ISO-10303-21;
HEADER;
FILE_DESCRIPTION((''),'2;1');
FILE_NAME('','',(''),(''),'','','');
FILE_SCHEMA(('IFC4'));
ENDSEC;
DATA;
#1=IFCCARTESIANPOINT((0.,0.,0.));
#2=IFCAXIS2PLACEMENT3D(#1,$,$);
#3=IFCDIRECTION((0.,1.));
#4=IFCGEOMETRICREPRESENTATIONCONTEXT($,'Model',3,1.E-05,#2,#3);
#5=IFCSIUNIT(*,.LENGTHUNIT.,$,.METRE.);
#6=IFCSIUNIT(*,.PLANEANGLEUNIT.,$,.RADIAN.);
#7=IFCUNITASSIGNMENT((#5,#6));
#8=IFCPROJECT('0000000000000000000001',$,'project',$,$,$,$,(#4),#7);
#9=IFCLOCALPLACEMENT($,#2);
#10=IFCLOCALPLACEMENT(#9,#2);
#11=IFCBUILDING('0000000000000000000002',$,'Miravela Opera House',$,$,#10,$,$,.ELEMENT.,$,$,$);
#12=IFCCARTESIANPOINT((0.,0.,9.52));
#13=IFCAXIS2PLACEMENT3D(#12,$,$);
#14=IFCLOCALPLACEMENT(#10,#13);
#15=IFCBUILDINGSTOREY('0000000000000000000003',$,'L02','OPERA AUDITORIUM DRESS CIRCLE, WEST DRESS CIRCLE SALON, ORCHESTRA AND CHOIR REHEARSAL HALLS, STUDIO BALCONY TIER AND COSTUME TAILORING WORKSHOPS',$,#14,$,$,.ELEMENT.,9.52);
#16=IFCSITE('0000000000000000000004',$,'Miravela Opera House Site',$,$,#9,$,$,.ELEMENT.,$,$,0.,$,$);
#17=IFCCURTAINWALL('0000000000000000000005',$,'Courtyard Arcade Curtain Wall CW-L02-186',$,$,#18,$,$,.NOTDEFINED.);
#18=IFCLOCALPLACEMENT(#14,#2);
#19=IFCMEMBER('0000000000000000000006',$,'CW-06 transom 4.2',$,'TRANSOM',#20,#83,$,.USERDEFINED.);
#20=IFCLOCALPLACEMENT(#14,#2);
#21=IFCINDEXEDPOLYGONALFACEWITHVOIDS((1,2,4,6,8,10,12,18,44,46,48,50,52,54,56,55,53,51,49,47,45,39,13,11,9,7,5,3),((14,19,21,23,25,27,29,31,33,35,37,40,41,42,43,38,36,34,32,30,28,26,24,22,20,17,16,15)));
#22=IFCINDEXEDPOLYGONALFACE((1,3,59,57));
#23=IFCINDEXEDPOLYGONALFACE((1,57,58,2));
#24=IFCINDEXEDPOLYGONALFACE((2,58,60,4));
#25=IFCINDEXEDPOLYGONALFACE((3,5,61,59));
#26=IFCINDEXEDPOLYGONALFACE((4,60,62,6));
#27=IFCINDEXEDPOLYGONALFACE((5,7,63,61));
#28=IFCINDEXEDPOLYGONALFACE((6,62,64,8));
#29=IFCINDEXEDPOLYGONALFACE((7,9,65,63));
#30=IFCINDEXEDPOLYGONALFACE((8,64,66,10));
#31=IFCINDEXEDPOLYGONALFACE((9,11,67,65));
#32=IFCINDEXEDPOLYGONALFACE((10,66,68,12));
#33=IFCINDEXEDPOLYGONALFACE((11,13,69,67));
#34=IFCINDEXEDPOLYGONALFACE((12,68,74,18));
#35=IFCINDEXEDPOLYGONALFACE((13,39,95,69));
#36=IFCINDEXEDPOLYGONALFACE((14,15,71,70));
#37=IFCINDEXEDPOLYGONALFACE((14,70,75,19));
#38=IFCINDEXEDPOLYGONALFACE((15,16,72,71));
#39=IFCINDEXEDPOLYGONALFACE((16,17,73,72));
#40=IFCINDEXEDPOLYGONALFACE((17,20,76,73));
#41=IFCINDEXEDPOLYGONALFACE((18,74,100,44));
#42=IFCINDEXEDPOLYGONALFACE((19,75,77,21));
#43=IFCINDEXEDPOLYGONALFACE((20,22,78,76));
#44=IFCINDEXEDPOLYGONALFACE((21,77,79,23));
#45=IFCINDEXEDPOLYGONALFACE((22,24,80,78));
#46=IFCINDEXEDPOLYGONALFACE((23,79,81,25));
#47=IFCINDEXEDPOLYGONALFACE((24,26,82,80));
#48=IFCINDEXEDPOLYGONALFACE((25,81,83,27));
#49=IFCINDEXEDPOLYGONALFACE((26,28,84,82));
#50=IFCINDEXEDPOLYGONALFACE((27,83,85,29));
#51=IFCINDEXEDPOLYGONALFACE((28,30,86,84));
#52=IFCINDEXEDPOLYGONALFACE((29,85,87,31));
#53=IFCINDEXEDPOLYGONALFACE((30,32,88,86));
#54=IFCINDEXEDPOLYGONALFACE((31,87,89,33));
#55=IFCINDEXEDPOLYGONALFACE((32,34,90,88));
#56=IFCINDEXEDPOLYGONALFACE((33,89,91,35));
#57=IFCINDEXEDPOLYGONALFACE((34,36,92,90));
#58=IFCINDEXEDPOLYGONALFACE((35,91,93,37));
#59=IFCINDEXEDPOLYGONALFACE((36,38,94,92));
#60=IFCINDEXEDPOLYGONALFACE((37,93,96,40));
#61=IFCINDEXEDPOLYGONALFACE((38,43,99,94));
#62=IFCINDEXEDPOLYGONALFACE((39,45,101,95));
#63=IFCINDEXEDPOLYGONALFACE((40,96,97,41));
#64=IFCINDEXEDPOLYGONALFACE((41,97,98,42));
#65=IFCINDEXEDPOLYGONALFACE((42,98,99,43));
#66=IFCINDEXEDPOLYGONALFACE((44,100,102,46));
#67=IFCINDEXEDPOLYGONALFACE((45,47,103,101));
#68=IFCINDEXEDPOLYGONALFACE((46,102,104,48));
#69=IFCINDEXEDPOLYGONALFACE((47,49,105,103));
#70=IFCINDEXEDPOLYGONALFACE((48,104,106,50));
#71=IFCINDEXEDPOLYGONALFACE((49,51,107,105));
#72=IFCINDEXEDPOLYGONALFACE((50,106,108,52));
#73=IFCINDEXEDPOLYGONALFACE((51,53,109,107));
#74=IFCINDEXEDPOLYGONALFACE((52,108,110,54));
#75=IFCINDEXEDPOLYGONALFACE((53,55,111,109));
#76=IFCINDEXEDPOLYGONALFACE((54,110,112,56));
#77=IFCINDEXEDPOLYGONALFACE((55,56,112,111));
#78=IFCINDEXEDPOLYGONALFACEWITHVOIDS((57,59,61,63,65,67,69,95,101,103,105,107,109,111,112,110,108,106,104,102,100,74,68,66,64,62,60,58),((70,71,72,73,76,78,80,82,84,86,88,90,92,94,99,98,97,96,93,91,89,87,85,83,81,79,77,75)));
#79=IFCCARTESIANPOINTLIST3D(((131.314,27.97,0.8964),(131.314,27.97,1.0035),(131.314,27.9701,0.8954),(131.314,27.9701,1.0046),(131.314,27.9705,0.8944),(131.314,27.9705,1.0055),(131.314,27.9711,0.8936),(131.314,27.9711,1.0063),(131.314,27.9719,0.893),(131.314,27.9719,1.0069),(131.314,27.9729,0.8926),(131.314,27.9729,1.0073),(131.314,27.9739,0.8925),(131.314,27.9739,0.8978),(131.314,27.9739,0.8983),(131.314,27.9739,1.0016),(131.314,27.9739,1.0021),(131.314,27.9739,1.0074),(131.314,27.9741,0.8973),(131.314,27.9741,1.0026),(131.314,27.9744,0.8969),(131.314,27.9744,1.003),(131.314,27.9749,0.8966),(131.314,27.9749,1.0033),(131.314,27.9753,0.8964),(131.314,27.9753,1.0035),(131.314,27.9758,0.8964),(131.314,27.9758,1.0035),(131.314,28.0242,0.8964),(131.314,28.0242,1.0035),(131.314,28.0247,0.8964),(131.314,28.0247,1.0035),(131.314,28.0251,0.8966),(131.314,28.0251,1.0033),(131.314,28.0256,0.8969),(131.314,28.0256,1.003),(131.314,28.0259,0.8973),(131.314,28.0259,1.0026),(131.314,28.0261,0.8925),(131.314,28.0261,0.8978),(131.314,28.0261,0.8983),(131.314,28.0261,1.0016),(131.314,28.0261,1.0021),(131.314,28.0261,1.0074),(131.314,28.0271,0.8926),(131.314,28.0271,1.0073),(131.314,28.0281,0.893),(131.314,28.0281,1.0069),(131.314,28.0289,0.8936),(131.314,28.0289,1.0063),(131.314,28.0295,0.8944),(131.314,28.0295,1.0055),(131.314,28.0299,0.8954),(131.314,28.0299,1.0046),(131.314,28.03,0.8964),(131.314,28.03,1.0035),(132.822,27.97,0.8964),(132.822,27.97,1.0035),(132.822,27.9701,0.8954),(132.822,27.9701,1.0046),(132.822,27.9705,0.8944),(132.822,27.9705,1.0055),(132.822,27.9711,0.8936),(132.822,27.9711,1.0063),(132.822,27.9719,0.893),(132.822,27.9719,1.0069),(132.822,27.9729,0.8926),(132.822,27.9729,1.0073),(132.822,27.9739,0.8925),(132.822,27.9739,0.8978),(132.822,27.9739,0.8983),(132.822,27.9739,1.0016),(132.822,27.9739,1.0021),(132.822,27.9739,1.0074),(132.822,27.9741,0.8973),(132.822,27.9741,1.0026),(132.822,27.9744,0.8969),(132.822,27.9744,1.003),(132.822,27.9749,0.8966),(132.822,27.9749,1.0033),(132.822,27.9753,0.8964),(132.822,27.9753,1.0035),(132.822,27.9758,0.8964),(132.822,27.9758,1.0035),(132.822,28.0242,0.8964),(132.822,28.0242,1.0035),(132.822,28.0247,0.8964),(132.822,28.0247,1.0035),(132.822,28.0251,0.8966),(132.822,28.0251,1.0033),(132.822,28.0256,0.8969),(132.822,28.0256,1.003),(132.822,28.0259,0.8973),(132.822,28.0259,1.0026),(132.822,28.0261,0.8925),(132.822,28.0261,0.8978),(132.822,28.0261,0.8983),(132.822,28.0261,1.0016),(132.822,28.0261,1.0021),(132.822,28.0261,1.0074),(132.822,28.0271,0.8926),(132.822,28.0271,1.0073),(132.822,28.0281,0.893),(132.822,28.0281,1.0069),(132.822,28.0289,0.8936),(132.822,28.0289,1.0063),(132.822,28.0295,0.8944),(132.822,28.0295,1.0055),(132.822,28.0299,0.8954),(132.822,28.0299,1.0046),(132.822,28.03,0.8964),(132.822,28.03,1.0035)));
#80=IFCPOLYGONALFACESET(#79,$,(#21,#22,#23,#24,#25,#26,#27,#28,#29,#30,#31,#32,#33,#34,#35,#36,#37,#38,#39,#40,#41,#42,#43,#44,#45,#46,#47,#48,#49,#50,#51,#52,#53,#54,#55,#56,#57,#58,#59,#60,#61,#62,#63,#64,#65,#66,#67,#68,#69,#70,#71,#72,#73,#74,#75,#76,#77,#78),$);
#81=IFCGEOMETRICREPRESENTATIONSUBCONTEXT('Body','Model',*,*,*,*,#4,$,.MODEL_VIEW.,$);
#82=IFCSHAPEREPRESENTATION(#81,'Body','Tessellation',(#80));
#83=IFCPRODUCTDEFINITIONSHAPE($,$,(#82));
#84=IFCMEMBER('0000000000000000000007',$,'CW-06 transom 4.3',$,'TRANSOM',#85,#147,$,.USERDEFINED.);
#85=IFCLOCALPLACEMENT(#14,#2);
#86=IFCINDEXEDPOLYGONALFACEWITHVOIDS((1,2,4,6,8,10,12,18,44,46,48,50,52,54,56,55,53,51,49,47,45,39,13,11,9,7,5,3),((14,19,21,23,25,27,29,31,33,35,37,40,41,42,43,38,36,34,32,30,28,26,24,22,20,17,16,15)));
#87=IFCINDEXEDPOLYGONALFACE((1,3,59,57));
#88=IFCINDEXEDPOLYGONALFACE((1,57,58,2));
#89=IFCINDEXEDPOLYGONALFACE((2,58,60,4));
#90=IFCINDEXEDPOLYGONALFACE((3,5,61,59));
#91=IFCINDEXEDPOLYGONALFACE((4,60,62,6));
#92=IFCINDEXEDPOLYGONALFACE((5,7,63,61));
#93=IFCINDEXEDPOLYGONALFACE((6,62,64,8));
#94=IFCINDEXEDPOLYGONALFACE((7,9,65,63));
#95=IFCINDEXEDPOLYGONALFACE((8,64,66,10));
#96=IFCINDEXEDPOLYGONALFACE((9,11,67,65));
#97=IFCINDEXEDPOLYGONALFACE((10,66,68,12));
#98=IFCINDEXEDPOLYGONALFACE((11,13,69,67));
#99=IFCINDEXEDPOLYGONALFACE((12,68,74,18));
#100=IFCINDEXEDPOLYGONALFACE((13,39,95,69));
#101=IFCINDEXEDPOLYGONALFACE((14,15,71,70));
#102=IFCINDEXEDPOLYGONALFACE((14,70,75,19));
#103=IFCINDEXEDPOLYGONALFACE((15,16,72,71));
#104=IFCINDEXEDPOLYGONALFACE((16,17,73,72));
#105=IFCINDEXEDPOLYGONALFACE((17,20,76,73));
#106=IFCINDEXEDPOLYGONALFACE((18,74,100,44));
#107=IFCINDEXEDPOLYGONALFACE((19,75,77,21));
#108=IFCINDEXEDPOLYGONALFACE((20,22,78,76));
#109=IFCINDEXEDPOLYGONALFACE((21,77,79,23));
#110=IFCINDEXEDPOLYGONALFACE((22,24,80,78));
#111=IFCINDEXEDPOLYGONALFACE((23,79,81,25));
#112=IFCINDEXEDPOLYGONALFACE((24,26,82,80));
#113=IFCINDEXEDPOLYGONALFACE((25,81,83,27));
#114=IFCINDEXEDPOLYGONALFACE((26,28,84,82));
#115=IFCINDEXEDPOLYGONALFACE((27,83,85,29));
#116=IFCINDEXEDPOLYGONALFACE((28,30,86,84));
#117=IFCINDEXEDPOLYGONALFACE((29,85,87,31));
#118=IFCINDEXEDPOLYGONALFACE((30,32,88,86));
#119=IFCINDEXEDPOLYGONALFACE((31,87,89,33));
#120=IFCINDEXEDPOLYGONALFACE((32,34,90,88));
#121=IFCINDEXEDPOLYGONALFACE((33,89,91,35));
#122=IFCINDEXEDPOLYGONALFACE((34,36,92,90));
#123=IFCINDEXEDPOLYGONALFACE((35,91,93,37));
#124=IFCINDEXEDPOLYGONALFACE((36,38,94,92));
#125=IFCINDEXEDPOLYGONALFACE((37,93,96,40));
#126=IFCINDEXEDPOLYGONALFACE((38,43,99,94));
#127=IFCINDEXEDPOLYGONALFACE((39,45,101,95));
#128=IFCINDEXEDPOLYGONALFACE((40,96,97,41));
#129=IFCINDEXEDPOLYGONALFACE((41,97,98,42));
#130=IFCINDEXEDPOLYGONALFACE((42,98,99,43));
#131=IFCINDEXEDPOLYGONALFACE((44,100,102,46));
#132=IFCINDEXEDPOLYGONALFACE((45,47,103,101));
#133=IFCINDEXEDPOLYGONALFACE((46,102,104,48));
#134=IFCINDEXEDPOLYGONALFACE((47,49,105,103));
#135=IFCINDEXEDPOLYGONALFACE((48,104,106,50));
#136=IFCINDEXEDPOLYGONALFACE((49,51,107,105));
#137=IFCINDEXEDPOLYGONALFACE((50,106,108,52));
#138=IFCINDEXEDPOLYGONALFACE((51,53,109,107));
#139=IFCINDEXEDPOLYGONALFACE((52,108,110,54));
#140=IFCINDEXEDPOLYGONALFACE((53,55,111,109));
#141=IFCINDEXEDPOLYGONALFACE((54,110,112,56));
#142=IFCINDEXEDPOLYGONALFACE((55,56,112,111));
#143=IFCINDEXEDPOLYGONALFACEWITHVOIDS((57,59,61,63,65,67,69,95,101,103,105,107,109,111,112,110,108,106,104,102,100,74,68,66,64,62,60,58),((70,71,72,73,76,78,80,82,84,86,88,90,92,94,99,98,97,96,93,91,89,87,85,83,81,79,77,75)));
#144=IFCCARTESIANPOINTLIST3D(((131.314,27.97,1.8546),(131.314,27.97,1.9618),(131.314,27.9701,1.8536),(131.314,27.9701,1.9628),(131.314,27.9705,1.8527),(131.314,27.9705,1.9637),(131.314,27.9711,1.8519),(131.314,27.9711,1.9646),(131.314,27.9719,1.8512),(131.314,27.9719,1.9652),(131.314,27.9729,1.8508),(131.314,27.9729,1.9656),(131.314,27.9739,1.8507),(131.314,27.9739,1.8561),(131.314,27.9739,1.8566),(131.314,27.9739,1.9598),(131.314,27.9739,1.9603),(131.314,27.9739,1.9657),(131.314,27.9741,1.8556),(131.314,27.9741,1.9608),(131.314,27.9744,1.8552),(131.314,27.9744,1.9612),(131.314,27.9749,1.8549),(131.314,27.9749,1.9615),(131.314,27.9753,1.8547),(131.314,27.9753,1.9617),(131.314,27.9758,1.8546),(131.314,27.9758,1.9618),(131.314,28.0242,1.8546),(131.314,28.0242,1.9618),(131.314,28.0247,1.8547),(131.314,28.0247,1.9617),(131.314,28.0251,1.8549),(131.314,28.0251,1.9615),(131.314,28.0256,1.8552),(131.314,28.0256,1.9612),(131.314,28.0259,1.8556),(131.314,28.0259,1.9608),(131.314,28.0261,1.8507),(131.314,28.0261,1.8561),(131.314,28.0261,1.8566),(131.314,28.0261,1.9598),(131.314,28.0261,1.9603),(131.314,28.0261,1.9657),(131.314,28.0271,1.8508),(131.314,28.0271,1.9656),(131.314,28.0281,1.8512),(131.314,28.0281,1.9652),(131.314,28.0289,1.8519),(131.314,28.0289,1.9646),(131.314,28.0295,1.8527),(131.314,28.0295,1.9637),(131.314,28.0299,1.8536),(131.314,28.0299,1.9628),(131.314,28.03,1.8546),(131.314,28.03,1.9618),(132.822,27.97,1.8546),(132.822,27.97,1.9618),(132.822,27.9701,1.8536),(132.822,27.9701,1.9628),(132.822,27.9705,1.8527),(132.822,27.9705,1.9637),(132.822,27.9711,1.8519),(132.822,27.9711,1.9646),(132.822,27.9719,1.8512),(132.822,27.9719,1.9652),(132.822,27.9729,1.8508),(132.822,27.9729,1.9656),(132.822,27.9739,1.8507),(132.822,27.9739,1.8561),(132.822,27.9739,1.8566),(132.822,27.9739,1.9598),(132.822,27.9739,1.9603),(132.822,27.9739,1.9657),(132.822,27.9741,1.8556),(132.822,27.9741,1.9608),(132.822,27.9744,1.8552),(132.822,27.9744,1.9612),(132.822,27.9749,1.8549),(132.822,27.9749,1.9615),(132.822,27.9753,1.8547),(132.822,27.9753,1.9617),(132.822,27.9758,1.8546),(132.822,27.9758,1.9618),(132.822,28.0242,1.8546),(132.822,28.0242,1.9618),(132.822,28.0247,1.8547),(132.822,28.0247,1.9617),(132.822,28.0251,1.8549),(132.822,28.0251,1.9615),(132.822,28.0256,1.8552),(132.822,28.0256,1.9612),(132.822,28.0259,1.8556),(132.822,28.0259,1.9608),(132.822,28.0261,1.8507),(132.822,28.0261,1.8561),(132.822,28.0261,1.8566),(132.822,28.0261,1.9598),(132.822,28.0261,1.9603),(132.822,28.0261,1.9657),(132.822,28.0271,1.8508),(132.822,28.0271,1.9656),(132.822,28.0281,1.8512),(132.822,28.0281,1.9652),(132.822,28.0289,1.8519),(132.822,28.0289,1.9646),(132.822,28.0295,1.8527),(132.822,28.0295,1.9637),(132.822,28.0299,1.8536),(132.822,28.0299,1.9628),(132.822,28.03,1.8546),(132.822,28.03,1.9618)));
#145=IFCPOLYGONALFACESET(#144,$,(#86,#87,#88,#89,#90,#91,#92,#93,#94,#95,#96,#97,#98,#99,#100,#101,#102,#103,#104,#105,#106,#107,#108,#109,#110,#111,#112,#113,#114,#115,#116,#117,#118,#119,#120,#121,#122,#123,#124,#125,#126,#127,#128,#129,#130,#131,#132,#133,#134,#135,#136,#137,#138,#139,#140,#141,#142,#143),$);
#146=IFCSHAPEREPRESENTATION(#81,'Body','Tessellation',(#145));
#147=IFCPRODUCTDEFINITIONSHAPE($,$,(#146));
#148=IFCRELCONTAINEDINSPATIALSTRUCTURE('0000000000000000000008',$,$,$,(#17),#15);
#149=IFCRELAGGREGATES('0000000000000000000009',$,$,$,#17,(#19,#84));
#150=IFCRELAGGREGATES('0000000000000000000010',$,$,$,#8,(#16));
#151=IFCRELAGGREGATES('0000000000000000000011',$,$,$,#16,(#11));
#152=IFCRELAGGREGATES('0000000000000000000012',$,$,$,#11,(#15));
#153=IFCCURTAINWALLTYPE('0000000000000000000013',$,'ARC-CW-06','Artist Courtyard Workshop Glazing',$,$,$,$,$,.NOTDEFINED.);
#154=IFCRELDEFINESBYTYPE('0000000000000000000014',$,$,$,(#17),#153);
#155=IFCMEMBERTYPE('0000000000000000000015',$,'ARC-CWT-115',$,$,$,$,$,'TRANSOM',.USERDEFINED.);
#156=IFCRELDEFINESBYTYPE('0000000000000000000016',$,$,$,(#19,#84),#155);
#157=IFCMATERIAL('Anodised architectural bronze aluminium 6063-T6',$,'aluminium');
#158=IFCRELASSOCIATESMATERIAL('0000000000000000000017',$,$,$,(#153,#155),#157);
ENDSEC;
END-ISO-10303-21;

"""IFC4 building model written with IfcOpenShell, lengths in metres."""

from ifc_helpers import new_model, si_unit, direction, frame, origin, origin_2d, place, context, subcontext, project, spatial, hollow_rectangle, extrude, material, material_profile, profile_set, type_object, element, aggregate, save


model = new_model("IFC4")

# Units and contexts
model_context = context("Model", 3, precision=1e-05, world=origin(), true_north=direction((0.0, 1.0)))
body_context = subcontext(model_context, "Body", "Model", "MODEL_VIEW")
ifc_project = project(units=[si_unit("LENGTHUNIT", "METRE"), si_unit("PLANEANGLEUNIT", "RADIAN")], contexts=[model_context])

# Site, building, storey
site_placement = place(None, origin())
site = spatial("IfcSite", under=ifc_project, at=site_placement, Name="Miravela Opera House Site", CompositionType="ELEMENT", RefElevation=0.0)
building_placement = place(site_placement, origin())
building = spatial("IfcBuilding", under=site, at=building_placement, Name="Miravela Opera House", CompositionType="ELEMENT")
storey_placement = place(building_placement, frame((0.0, 0.0, 9.52)))
storey = spatial("IfcBuildingStorey", under=building, at=storey_placement, Name="L02", Description="OPERA AUDITORIUM DRESS CIRCLE, WEST DRESS CIRCLE SALON, ORCHESTRA AND CHOIR REHEARSAL HALLS, STUDIO BALCONY TIER AND COSTUME TAILORING WORKSHOPS", CompositionType="ELEMENT", Elevation=9.52)

# Curtain wall, members
ifc_material_1 = material(Name="Anodised architectural bronze aluminium 6063-T6", Category="aluminium")
curtain_wall_type = type_object("IfcCurtainWallType", Name="ARC-CW-06", Description="Artist Courtyard Workshop Glazing", PredefinedType="NOTDEFINED", material=ifc_material_1)
curtain_wall_placement = place(storey_placement, origin())
curtain_wall = element("IfcCurtainWall", 1, at=curtain_wall_placement, inside=storey, type_object=curtain_wall_type, Name="Courtyard Arcade Curtain Wall CW-L02-186", PredefinedType="NOTDEFINED")
ifc_material_profile_1 = material_profile(ifc_material_1, hollow_rectangle(XDim=0.0601, YDim=0.115, WallThickness=0.0039, InnerFilletRadius=0.002, OuterFilletRadius=0.0039, at=origin_2d()), Name="CWT-60X115")
ifc_profile_set_1 = profile_set([ifc_material_profile_1])
member_type_1 = type_object("IfcMemberType", Name="ARC-CWT-115", ElementType="TRANSOM", PredefinedType="USERDEFINED", material=ifc_profile_set_1)
member_1_placement = place(storey_placement, frame((131.314, 28.0, 0.95), z_axis=(1.0, 0.0, 0.0), x_axis=(0.0, 1.0, 0.0)))
member_1 = element("IfcMember", 2, at=member_1_placement, type_object=member_type_1, Name="CW-06 transom 4.2", ObjectType="TRANSOM", PredefinedType="USERDEFINED", context=body_context, shape_type="SweptSolid", body=[
    extrude(hollow_rectangle(XDim=0.0601, YDim=0.115, WallThickness=0.0039, InnerFilletRadius=0.002, OuterFilletRadius=0.0039, at=origin_2d()), origin(), (0.0, 0.0, 1.0), 1.5081),
])
member_2_placement = place(storey_placement, frame((131.314, 28.0, 1.9082), z_axis=(1.0, 0.0, 0.0), x_axis=(0.0, 1.0, 0.0)))
member_2 = element("IfcMember", 3, at=member_2_placement, type_object=member_type_1, Name="CW-06 transom 4.3", ObjectType="TRANSOM", PredefinedType="USERDEFINED", context=body_context, shape_type="SweptSolid", body=[
    extrude(hollow_rectangle(XDim=0.0601, YDim=0.115, WallThickness=0.0039, InnerFilletRadius=0.002, OuterFilletRadius=0.0039, at=origin_2d()), origin(), (0.0, 0.0, 1.0), 1.5081),
])

aggregate(curtain_wall, [member_1, member_2])

save(model, "model.ifc")
